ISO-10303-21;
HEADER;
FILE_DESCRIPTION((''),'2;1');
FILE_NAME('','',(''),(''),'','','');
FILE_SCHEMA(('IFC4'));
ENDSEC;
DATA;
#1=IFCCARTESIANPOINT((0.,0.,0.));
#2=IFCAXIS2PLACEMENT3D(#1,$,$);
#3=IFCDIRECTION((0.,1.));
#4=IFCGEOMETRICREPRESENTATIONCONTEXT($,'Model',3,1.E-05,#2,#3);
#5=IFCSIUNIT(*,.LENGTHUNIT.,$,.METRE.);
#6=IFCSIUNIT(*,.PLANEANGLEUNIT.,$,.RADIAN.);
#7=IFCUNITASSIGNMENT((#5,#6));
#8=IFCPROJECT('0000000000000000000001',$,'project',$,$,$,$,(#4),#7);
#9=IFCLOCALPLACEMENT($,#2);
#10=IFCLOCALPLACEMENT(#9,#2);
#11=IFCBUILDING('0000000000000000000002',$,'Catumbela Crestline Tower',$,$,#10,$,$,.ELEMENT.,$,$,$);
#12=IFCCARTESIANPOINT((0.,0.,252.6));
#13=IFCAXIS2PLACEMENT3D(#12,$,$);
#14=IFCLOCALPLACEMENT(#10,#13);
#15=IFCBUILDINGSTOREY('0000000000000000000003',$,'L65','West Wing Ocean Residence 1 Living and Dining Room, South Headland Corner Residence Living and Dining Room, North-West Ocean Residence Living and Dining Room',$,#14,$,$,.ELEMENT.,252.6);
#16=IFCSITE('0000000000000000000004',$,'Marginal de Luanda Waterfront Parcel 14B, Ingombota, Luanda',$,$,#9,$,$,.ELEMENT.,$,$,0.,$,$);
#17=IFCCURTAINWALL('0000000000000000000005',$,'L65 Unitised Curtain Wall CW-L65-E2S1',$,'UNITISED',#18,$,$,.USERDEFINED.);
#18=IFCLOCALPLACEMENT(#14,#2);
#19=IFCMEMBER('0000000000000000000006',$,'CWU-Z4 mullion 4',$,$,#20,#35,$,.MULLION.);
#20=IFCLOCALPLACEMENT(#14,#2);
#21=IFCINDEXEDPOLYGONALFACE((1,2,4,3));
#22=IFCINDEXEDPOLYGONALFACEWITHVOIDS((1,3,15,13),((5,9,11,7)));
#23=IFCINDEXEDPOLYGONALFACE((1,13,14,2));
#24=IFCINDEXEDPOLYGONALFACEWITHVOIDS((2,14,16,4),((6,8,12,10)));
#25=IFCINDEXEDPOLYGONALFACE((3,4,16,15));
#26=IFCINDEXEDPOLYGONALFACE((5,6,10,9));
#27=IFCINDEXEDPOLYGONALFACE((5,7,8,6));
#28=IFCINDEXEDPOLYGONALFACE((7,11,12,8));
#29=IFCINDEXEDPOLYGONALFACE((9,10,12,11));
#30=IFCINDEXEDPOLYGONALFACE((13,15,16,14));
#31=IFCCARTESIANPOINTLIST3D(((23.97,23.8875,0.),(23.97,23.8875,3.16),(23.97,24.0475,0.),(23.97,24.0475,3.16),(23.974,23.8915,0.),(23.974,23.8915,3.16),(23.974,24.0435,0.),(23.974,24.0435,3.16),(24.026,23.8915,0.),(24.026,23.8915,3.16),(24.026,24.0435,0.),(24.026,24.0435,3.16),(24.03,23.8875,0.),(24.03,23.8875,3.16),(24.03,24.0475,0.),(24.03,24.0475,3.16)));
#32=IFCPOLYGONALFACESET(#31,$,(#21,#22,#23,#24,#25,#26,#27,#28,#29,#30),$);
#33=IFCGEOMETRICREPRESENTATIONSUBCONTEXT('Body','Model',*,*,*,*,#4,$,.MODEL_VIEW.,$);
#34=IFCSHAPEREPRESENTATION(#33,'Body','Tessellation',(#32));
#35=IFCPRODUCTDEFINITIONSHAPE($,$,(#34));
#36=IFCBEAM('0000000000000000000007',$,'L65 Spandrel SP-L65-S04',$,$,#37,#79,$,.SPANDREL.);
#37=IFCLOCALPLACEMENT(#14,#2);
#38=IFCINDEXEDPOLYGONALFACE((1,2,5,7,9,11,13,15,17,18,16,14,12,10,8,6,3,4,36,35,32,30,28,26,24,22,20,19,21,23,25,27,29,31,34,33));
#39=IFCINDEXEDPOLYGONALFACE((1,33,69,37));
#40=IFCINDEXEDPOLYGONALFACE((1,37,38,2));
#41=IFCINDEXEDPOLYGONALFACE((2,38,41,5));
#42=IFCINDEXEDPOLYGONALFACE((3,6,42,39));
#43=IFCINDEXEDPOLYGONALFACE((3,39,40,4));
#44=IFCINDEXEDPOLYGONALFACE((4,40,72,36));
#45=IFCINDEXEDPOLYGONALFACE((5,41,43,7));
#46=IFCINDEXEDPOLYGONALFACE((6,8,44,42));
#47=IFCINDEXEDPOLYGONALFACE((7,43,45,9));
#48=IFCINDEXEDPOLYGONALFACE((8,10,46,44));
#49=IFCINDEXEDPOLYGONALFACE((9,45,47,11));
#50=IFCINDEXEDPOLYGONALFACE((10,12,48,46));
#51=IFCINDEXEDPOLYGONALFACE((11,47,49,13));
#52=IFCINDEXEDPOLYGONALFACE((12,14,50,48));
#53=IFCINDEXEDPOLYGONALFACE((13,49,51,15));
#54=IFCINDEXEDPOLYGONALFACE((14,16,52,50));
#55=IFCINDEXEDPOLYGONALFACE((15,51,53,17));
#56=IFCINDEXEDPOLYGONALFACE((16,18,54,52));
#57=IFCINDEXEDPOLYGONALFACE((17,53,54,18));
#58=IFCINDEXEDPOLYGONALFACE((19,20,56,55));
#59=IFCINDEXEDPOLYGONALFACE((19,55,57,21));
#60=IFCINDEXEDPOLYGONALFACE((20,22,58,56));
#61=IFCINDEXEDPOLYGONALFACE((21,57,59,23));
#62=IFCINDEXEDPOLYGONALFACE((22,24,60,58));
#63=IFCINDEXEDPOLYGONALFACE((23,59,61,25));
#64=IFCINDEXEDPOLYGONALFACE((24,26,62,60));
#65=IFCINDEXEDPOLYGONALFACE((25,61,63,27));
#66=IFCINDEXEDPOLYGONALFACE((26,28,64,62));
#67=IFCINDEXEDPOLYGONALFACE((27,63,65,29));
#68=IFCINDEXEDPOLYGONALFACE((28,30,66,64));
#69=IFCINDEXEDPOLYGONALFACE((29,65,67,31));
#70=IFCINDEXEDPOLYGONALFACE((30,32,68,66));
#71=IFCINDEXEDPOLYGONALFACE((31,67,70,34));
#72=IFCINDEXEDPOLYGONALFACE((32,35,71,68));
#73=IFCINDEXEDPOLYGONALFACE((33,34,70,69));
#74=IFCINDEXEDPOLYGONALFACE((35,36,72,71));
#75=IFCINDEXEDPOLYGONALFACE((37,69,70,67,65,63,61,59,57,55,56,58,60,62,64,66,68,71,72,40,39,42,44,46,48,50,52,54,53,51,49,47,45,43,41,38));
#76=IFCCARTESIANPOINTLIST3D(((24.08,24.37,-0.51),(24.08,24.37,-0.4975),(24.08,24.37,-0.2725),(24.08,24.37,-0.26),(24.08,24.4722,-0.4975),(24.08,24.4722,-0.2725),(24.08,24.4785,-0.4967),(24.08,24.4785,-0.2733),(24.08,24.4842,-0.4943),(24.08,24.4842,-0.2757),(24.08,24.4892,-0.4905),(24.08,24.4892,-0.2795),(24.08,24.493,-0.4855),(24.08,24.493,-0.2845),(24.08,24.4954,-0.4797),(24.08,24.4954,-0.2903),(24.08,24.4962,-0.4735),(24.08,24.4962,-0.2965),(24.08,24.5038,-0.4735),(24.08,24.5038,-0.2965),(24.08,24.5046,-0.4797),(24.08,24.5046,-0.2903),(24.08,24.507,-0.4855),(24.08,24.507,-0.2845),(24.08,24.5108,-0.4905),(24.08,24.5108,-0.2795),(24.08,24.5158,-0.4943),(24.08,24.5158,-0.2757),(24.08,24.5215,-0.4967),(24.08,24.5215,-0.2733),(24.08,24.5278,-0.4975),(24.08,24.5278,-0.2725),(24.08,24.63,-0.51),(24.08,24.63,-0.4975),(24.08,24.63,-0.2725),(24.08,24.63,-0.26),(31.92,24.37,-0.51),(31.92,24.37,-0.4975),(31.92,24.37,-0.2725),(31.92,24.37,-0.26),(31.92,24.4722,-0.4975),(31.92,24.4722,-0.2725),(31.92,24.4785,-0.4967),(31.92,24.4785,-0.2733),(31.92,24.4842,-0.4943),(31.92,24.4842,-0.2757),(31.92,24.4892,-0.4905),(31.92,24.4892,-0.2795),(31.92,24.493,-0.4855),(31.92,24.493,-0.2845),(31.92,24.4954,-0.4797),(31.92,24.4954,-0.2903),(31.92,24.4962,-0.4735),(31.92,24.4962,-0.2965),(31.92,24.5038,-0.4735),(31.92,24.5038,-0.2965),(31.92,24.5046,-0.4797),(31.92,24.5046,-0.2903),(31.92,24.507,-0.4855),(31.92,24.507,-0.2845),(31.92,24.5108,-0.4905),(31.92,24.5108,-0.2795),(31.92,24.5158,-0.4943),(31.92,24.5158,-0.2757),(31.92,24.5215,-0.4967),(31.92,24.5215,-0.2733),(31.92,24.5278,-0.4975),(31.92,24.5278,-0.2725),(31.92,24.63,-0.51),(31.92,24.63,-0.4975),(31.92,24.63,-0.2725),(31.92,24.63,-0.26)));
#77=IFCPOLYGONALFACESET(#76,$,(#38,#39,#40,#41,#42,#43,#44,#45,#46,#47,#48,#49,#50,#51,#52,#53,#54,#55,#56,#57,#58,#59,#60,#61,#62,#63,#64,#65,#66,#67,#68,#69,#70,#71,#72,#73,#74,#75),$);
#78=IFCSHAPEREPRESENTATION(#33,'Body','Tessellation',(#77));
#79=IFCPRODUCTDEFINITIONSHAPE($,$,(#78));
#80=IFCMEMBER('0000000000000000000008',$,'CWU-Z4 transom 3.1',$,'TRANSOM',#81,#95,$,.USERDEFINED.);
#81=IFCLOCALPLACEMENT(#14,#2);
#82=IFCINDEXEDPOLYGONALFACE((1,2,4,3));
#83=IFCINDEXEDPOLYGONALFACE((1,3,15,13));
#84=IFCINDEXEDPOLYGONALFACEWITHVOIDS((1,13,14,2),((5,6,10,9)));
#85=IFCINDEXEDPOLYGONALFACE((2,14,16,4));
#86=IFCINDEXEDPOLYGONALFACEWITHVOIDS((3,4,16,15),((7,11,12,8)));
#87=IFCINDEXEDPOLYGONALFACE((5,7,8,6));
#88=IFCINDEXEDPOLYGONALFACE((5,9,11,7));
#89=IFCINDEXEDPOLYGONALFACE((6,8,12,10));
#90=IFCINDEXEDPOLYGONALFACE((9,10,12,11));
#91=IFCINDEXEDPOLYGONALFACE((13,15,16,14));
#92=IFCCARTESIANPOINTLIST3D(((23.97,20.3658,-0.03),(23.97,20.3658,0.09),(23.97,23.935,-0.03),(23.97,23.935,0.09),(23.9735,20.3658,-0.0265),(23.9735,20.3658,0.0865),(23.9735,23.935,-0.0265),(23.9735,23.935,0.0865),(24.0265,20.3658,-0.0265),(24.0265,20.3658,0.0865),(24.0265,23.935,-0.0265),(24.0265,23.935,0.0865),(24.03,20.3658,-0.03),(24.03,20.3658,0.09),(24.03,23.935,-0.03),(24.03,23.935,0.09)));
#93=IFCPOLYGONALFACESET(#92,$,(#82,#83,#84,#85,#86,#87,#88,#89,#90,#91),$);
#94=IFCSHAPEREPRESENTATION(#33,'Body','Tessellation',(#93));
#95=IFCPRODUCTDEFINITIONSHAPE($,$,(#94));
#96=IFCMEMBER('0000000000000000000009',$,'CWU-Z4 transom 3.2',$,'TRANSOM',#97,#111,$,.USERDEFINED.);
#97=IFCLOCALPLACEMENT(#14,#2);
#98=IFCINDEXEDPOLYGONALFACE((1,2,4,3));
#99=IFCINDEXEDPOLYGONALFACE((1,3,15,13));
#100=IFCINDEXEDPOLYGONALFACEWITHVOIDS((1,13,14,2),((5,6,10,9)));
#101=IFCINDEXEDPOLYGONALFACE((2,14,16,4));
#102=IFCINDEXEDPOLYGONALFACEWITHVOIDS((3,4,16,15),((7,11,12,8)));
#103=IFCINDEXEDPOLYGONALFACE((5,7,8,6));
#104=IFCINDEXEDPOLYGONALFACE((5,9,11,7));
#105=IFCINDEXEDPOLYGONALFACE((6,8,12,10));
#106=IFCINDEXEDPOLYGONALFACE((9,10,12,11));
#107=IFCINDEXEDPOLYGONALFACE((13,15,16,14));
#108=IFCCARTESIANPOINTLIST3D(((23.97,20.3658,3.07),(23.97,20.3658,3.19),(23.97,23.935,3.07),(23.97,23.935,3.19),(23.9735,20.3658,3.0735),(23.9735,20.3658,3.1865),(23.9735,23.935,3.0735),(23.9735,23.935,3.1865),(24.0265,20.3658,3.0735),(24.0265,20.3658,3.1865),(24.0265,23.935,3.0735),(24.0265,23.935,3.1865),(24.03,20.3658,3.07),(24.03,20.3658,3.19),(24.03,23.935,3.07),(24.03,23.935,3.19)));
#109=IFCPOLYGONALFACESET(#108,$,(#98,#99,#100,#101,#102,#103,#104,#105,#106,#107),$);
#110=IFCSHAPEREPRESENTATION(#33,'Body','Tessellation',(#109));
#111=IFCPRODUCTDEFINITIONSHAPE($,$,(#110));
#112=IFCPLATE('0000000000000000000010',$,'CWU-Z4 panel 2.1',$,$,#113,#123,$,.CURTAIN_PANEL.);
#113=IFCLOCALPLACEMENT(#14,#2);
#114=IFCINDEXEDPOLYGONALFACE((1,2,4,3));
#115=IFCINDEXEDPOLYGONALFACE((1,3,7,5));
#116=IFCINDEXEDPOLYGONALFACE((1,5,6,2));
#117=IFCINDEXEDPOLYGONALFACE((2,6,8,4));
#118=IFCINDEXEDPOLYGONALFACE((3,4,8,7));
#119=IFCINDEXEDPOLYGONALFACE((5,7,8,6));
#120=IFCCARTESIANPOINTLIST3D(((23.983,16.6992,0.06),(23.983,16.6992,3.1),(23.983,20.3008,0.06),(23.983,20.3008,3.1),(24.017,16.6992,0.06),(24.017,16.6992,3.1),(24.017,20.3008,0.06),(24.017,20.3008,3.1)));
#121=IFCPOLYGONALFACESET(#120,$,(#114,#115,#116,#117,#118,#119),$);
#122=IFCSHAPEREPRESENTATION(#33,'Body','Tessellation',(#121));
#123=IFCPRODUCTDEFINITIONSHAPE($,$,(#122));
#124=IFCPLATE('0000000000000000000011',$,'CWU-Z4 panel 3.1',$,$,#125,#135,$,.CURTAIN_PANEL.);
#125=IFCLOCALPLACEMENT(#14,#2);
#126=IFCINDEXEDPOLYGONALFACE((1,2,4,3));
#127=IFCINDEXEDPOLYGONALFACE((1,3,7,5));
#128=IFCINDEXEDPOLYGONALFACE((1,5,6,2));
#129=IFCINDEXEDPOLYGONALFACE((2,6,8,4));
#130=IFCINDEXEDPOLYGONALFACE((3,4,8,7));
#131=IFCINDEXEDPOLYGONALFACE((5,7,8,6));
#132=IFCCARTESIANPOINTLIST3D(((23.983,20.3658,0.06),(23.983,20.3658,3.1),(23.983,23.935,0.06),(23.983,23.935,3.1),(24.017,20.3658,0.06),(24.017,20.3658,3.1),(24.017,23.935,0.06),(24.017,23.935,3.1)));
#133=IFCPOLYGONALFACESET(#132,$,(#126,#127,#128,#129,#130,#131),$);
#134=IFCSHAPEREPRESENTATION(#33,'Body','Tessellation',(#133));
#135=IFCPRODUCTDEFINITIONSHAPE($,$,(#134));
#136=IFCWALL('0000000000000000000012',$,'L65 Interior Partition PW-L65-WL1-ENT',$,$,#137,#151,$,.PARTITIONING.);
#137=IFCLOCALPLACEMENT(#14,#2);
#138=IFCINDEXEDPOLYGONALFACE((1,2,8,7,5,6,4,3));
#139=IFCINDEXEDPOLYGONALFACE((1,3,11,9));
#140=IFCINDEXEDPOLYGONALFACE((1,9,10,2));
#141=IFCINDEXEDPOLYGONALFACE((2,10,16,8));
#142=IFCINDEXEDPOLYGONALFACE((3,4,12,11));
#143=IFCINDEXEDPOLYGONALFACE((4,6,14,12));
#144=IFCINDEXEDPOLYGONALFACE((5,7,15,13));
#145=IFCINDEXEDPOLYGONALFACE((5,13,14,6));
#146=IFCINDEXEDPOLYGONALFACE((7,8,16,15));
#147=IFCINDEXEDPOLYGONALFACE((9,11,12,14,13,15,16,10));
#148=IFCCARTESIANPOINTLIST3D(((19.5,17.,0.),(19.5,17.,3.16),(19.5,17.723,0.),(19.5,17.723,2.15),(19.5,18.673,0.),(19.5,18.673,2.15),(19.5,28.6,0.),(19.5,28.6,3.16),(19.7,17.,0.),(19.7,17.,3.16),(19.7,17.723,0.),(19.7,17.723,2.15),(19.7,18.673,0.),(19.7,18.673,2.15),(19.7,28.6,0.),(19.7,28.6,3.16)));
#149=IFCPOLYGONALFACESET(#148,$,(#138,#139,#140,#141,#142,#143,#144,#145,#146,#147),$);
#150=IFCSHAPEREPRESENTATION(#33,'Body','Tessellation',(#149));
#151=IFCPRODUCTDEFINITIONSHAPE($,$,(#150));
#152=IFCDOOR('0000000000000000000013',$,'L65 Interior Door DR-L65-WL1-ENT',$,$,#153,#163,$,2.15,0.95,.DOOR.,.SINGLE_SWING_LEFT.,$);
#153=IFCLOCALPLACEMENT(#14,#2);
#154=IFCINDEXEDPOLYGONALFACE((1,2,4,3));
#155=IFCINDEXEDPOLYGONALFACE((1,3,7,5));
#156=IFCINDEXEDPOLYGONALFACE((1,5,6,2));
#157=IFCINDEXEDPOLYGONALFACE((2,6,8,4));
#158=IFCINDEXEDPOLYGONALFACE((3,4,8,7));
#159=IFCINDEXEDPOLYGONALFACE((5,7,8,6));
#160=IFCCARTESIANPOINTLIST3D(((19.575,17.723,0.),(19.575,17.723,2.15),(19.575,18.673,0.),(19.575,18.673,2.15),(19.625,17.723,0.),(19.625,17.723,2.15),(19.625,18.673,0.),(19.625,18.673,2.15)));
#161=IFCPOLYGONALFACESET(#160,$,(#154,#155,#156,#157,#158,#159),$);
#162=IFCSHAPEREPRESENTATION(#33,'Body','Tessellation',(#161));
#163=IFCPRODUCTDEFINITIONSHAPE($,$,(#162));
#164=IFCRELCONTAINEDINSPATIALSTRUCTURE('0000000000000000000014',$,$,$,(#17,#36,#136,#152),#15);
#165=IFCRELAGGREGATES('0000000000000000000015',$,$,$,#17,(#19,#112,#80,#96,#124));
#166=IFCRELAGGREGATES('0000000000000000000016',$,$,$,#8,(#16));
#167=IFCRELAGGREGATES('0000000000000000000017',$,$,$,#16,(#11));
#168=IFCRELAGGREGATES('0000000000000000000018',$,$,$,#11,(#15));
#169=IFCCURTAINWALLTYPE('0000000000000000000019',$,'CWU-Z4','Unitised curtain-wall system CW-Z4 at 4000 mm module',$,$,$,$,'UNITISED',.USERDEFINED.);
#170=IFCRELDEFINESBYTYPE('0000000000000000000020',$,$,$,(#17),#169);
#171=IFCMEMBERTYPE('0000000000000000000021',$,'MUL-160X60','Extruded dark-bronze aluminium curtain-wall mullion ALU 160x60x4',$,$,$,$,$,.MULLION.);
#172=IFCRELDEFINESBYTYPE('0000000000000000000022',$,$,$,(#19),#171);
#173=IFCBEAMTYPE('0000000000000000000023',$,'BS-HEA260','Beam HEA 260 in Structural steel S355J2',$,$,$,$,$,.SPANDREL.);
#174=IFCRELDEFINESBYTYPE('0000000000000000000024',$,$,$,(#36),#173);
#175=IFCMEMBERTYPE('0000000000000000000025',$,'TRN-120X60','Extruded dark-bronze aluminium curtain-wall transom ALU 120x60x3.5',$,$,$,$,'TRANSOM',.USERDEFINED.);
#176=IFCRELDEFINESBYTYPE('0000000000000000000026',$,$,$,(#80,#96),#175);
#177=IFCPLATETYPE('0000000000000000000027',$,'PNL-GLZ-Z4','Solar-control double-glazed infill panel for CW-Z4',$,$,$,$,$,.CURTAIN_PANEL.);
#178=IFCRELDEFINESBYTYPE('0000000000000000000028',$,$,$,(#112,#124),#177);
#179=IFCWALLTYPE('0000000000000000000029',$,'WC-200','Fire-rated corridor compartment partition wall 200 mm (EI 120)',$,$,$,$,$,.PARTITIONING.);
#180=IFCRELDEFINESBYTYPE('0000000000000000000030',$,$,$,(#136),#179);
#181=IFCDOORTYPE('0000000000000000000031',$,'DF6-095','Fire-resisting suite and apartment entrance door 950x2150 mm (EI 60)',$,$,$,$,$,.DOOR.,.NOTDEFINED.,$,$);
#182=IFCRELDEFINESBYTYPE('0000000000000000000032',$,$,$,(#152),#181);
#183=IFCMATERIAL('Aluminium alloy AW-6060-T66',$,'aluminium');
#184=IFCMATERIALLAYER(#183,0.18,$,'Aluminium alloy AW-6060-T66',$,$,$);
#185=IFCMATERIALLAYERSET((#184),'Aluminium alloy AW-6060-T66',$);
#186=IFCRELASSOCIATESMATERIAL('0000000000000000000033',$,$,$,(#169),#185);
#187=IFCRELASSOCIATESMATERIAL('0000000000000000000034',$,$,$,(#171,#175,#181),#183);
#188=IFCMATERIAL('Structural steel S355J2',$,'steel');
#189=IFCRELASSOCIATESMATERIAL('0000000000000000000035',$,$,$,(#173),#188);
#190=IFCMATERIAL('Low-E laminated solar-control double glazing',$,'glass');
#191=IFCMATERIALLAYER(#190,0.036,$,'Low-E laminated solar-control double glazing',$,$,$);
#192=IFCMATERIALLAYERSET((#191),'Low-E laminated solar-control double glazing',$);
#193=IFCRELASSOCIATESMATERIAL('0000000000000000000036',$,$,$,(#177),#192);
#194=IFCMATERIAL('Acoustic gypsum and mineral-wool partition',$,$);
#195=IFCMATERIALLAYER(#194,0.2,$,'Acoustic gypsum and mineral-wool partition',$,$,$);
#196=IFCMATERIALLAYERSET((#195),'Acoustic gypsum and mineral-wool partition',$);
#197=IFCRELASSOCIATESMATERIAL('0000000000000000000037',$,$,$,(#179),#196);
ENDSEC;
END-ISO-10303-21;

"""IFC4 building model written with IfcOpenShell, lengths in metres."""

from ifc_helpers import new_model, si_unit, direction, frame, frame_2d, origin, origin_2d, place, context, subcontext, project, spatial, rectangle, hollow_rectangle, i_section, extrude, material, layer, layer_set, material_profile, profile_set, type_object, element, fill, aggregate, save


model = new_model("IFC4")

# Units and contexts
model_context = context("Model", 3, precision=1e-05, world=origin(), true_north=direction((0.0, 1.0)))
body_context = subcontext(model_context, "Body", "Model", "MODEL_VIEW")
ifc_project = project(units=[si_unit("LENGTHUNIT", "METRE"), si_unit("PLANEANGLEUNIT", "RADIAN")], contexts=[model_context])

# Site, building, storey
site_placement = place(None, origin())
site = spatial("IfcSite", under=ifc_project, at=site_placement, Name="Marginal de Luanda Waterfront Parcel 14B, Ingombota, Luanda", CompositionType="ELEMENT", RefElevation=0.0)
building_placement = place(site_placement, origin())
building = spatial("IfcBuilding", under=site, at=building_placement, Name="Catumbela Crestline Tower", CompositionType="ELEMENT")
storey_placement = place(building_placement, frame((0.0, 0.0, 252.6)))
storey = spatial("IfcBuildingStorey", under=building, at=storey_placement, Name="L65", Description="West Wing Ocean Residence 1 Living and Dining Room, South Headland Corner Residence Living and Dining Room, North-West Ocean Residence Living and Dining Room", CompositionType="ELEMENT", Elevation=252.6)

# Shared definitions
ifc_material_1 = material(Name="Structural steel S355J2", Category="steel")

# Curtain wall, member
ifc_material_2 = material(Name="Aluminium alloy AW-6060-T66", Category="aluminium")
ifc_layer_1 = layer(ifc_material_2, 0.18, Name="Aluminium alloy AW-6060-T66")
ifc_layer_set_1 = layer_set([ifc_layer_1], Name="Aluminium alloy AW-6060-T66")
curtain_wall_type = type_object("IfcCurtainWallType", Name="CWU-Z4", Description="Unitised curtain-wall system CW-Z4 at 4000 mm module", ElementType="UNITISED", PredefinedType="USERDEFINED", material=ifc_layer_set_1)
curtain_wall_placement = place(storey_placement, origin())
curtain_wall = element("IfcCurtainWall", 1, at=curtain_wall_placement, inside=storey, type_object=curtain_wall_type, Name="L65 Unitised Curtain Wall CW-L65-E2S1", ObjectType="UNITISED", PredefinedType="USERDEFINED")
ifc_material_profile_1 = material_profile(ifc_material_2, hollow_rectangle(XDim=0.06, YDim=0.16, WallThickness=0.004, at=origin_2d()), Name="ALU 160x60x4")
ifc_profile_set_1 = profile_set([ifc_material_profile_1], Name="Aluminium alloy AW-6060-T66")
member_type_1 = type_object("IfcMemberType", Name="MUL-160X60", Description="Extruded dark-bronze aluminium curtain-wall mullion ALU 160x60x4", PredefinedType="MULLION", material=ifc_profile_set_1)
member_1_placement = place(storey_placement, frame((24.0, 23.9675, 0.0), z_axis=(0.0, 0.0, 1.0), x_axis=(-1.0, 0.0, 0.0)))
member_1 = element("IfcMember", 2, at=member_1_placement, type_object=member_type_1, Name="CWU-Z4 mullion 4", PredefinedType="MULLION", context=body_context, shape_type="SweptSolid", body=[
    extrude(hollow_rectangle(XDim=0.06, YDim=0.16, WallThickness=0.004, at=origin_2d()), origin(), (0.0, 0.0, 1.0), 3.16),
])

# Beam
ifc_material_profile_2 = material_profile(ifc_material_1, i_section(OverallWidth=0.26, OverallDepth=0.25, WebThickness=0.0075, FlangeThickness=0.0125, FilletRadius=0.024, at=origin_2d()), Name="HEA 260")
ifc_profile_set_2 = profile_set([ifc_material_profile_2], Name="Structural steel S355J2")
beam_type_1 = type_object("IfcBeamType", Name="BS-HEA260", Description="Beam HEA 260 in Structural steel S355J2", PredefinedType="SPANDREL", material=ifc_profile_set_2)
beam_1_placement = place(storey_placement, frame((24.08, 24.5, -0.385), z_axis=(1.0, 0.0, 0.0), x_axis=(0.0, 1.0, 0.0)))
element("IfcBeam", 3, at=beam_1_placement, inside=storey, type_object=beam_type_1, Name="L65 Spandrel SP-L65-S04", PredefinedType="SPANDREL", context=body_context, shape_type="SweptSolid", body=[
    extrude(i_section(OverallWidth=0.26, OverallDepth=0.25, WebThickness=0.0075, FlangeThickness=0.0125, FilletRadius=0.024, at=origin_2d()), origin(), (0.0, 0.0, 1.0), 7.84),
])

# Members
ifc_material_profile_3 = material_profile(ifc_material_2, hollow_rectangle(XDim=0.06, YDim=0.12, WallThickness=0.0035, at=origin_2d()), Name="ALU 120x60x3.5")
ifc_profile_set_3 = profile_set([ifc_material_profile_3], Name="Aluminium alloy AW-6060-T66")
member_type_2 = type_object("IfcMemberType", Name="TRN-120X60", Description="Extruded dark-bronze aluminium curtain-wall transom ALU 120x60x3.5", ElementType="TRANSOM", PredefinedType="USERDEFINED", material=ifc_profile_set_3)
member_2_placement = place(storey_placement, frame((24.0, 20.3658, 0.03), z_axis=(0.0, 1.0, 0.0), x_axis=(-1.0, 0.0, 0.0)))
member_2 = element("IfcMember", 4, at=member_2_placement, type_object=member_type_2, Name="CWU-Z4 transom 3.1", ObjectType="TRANSOM", PredefinedType="USERDEFINED", context=body_context, shape_type="SweptSolid", body=[
    extrude(hollow_rectangle(XDim=0.06, YDim=0.12, WallThickness=0.0035, at=origin_2d()), origin(), (0.0, 0.0, 1.0), 3.5692),
])
member_3_placement = place(storey_placement, frame((24.0, 20.3658, 3.13), z_axis=(0.0, 1.0, 0.0), x_axis=(-1.0, 0.0, 0.0)))
member_3 = element("IfcMember", 5, at=member_3_placement, type_object=member_type_2, Name="CWU-Z4 transom 3.2", ObjectType="TRANSOM", PredefinedType="USERDEFINED", context=body_context, shape_type="SweptSolid", body=[
    extrude(hollow_rectangle(XDim=0.06, YDim=0.12, WallThickness=0.0035, at=origin_2d()), origin(), (0.0, 0.0, 1.0), 3.5692),
])

# Plates
ifc_material_3 = material(Name="Low-E laminated solar-control double glazing", Category="glass")
ifc_layer_2 = layer(ifc_material_3, 0.036, Name="Low-E laminated solar-control double glazing")
ifc_layer_set_2 = layer_set([ifc_layer_2], Name="Low-E laminated solar-control double glazing")
plate_type = type_object("IfcPlateType", Name="PNL-GLZ-Z4", Description="Solar-control double-glazed infill panel for CW-Z4", PredefinedType="CURTAIN_PANEL", material=ifc_layer_set_2)
plate_1_placement = place(storey_placement, frame((24.0, 18.5, 0.06), z_axis=(0.0, 0.0, 1.0), x_axis=(0.0, 1.0, 0.0)))
plate_1 = element("IfcPlate", 6, at=plate_1_placement, type_object=plate_type, Name="CWU-Z4 panel 2.1", PredefinedType="CURTAIN_PANEL", context=body_context, shape_type="SweptSolid", body=[
    extrude(rectangle(XDim=3.6017, YDim=0.034, at=origin_2d()), origin(), (0.0, 0.0, 1.0), 3.04),
])
plate_2_placement = place(storey_placement, frame((24.0, 22.1504, 0.06), z_axis=(0.0, 0.0, 1.0), x_axis=(0.0, 1.0, 0.0)))
plate_2 = element("IfcPlate", 7, at=plate_2_placement, type_object=plate_type, Name="CWU-Z4 panel 3.1", PredefinedType="CURTAIN_PANEL", context=body_context, shape_type="SweptSolid", body=[
    extrude(rectangle(XDim=3.5692, YDim=0.034, at=origin_2d()), origin(), (0.0, 0.0, 1.0), 3.04),
])
aggregate(curtain_wall, [member_1, plate_1, member_2, member_3, plate_2])

# Wall, opening, door
ifc_material_4 = material(Name="Acoustic gypsum and mineral-wool partition")
ifc_layer_3 = layer(ifc_material_4, 0.2, Name="Acoustic gypsum and mineral-wool partition")
ifc_layer_set_3 = layer_set([ifc_layer_3], Name="Acoustic gypsum and mineral-wool partition")
wall_type_1 = type_object("IfcWallType", Name="WC-200", Description="Fire-rated corridor compartment partition wall 200 mm (EI 120)", PredefinedType="PARTITIONING", material=ifc_layer_set_3)
wall_1_placement = place(storey_placement, frame((19.6, 17.0, 0.0), z_axis=(0.0, 0.0, 1.0), x_axis=(0.0, 1.0, 0.0)))
wall_1 = element("IfcWall", 8, at=wall_1_placement, inside=storey, type_object=wall_type_1, Name="L65 Interior Partition PW-L65-WL1-ENT", PredefinedType="PARTITIONING", context=body_context, shape_type="SweptSolid", body=[
    extrude(rectangle(XDim=11.6, YDim=0.2, at=frame_2d((5.8, 0.0))), origin(), (0.0, 0.0, 1.0), 3.16),
])
opening_1_placement = place(wall_1_placement, frame((0.723, 0.0, 0.0)))
opening_1 = element("IfcOpeningElement", 9, at=opening_1_placement, cuts=wall_1, PredefinedType="OPENING", context=body_context, shape_type="SweptSolid", body=[
    extrude(rectangle(XDim=0.95, YDim=2.15, at=frame_2d((0.475, 1.075))), frame((0.0, 0.11, 0.0), z_axis=(0.0, -1.0, 0.0), x_axis=(1.0, 0.0, 0.0)), (0.0, 0.0, 1.0), 0.22),
])
door_type = type_object("IfcDoorType", Name="DF6-095", Description="Fire-resisting suite and apartment entrance door 950x2150 mm (EI 60)", OperationType="NOTDEFINED", PredefinedType="DOOR", material=ifc_material_2)
door_1_placement = place(opening_1_placement, origin())
door_1 = element("IfcDoor", 10, at=door_1_placement, inside=storey, type_object=door_type, Name="L65 Interior Door DR-L65-WL1-ENT", OperationType="SINGLE_SWING_LEFT", OverallHeight=2.15, OverallWidth=0.95, PredefinedType="DOOR", context=body_context, shape_type="SweptSolid", body=[
    extrude(rectangle(XDim=0.95, YDim=2.15, at=frame_2d((0.475, 1.075))), frame((0.0, 0.025, 0.0), z_axis=(0.0, -1.0, 0.0), x_axis=(1.0, 0.0, 0.0)), (0.0, 0.0, 1.0), 0.05),
])
fill(opening_1, door_1)

save(model, "model.ifc")
